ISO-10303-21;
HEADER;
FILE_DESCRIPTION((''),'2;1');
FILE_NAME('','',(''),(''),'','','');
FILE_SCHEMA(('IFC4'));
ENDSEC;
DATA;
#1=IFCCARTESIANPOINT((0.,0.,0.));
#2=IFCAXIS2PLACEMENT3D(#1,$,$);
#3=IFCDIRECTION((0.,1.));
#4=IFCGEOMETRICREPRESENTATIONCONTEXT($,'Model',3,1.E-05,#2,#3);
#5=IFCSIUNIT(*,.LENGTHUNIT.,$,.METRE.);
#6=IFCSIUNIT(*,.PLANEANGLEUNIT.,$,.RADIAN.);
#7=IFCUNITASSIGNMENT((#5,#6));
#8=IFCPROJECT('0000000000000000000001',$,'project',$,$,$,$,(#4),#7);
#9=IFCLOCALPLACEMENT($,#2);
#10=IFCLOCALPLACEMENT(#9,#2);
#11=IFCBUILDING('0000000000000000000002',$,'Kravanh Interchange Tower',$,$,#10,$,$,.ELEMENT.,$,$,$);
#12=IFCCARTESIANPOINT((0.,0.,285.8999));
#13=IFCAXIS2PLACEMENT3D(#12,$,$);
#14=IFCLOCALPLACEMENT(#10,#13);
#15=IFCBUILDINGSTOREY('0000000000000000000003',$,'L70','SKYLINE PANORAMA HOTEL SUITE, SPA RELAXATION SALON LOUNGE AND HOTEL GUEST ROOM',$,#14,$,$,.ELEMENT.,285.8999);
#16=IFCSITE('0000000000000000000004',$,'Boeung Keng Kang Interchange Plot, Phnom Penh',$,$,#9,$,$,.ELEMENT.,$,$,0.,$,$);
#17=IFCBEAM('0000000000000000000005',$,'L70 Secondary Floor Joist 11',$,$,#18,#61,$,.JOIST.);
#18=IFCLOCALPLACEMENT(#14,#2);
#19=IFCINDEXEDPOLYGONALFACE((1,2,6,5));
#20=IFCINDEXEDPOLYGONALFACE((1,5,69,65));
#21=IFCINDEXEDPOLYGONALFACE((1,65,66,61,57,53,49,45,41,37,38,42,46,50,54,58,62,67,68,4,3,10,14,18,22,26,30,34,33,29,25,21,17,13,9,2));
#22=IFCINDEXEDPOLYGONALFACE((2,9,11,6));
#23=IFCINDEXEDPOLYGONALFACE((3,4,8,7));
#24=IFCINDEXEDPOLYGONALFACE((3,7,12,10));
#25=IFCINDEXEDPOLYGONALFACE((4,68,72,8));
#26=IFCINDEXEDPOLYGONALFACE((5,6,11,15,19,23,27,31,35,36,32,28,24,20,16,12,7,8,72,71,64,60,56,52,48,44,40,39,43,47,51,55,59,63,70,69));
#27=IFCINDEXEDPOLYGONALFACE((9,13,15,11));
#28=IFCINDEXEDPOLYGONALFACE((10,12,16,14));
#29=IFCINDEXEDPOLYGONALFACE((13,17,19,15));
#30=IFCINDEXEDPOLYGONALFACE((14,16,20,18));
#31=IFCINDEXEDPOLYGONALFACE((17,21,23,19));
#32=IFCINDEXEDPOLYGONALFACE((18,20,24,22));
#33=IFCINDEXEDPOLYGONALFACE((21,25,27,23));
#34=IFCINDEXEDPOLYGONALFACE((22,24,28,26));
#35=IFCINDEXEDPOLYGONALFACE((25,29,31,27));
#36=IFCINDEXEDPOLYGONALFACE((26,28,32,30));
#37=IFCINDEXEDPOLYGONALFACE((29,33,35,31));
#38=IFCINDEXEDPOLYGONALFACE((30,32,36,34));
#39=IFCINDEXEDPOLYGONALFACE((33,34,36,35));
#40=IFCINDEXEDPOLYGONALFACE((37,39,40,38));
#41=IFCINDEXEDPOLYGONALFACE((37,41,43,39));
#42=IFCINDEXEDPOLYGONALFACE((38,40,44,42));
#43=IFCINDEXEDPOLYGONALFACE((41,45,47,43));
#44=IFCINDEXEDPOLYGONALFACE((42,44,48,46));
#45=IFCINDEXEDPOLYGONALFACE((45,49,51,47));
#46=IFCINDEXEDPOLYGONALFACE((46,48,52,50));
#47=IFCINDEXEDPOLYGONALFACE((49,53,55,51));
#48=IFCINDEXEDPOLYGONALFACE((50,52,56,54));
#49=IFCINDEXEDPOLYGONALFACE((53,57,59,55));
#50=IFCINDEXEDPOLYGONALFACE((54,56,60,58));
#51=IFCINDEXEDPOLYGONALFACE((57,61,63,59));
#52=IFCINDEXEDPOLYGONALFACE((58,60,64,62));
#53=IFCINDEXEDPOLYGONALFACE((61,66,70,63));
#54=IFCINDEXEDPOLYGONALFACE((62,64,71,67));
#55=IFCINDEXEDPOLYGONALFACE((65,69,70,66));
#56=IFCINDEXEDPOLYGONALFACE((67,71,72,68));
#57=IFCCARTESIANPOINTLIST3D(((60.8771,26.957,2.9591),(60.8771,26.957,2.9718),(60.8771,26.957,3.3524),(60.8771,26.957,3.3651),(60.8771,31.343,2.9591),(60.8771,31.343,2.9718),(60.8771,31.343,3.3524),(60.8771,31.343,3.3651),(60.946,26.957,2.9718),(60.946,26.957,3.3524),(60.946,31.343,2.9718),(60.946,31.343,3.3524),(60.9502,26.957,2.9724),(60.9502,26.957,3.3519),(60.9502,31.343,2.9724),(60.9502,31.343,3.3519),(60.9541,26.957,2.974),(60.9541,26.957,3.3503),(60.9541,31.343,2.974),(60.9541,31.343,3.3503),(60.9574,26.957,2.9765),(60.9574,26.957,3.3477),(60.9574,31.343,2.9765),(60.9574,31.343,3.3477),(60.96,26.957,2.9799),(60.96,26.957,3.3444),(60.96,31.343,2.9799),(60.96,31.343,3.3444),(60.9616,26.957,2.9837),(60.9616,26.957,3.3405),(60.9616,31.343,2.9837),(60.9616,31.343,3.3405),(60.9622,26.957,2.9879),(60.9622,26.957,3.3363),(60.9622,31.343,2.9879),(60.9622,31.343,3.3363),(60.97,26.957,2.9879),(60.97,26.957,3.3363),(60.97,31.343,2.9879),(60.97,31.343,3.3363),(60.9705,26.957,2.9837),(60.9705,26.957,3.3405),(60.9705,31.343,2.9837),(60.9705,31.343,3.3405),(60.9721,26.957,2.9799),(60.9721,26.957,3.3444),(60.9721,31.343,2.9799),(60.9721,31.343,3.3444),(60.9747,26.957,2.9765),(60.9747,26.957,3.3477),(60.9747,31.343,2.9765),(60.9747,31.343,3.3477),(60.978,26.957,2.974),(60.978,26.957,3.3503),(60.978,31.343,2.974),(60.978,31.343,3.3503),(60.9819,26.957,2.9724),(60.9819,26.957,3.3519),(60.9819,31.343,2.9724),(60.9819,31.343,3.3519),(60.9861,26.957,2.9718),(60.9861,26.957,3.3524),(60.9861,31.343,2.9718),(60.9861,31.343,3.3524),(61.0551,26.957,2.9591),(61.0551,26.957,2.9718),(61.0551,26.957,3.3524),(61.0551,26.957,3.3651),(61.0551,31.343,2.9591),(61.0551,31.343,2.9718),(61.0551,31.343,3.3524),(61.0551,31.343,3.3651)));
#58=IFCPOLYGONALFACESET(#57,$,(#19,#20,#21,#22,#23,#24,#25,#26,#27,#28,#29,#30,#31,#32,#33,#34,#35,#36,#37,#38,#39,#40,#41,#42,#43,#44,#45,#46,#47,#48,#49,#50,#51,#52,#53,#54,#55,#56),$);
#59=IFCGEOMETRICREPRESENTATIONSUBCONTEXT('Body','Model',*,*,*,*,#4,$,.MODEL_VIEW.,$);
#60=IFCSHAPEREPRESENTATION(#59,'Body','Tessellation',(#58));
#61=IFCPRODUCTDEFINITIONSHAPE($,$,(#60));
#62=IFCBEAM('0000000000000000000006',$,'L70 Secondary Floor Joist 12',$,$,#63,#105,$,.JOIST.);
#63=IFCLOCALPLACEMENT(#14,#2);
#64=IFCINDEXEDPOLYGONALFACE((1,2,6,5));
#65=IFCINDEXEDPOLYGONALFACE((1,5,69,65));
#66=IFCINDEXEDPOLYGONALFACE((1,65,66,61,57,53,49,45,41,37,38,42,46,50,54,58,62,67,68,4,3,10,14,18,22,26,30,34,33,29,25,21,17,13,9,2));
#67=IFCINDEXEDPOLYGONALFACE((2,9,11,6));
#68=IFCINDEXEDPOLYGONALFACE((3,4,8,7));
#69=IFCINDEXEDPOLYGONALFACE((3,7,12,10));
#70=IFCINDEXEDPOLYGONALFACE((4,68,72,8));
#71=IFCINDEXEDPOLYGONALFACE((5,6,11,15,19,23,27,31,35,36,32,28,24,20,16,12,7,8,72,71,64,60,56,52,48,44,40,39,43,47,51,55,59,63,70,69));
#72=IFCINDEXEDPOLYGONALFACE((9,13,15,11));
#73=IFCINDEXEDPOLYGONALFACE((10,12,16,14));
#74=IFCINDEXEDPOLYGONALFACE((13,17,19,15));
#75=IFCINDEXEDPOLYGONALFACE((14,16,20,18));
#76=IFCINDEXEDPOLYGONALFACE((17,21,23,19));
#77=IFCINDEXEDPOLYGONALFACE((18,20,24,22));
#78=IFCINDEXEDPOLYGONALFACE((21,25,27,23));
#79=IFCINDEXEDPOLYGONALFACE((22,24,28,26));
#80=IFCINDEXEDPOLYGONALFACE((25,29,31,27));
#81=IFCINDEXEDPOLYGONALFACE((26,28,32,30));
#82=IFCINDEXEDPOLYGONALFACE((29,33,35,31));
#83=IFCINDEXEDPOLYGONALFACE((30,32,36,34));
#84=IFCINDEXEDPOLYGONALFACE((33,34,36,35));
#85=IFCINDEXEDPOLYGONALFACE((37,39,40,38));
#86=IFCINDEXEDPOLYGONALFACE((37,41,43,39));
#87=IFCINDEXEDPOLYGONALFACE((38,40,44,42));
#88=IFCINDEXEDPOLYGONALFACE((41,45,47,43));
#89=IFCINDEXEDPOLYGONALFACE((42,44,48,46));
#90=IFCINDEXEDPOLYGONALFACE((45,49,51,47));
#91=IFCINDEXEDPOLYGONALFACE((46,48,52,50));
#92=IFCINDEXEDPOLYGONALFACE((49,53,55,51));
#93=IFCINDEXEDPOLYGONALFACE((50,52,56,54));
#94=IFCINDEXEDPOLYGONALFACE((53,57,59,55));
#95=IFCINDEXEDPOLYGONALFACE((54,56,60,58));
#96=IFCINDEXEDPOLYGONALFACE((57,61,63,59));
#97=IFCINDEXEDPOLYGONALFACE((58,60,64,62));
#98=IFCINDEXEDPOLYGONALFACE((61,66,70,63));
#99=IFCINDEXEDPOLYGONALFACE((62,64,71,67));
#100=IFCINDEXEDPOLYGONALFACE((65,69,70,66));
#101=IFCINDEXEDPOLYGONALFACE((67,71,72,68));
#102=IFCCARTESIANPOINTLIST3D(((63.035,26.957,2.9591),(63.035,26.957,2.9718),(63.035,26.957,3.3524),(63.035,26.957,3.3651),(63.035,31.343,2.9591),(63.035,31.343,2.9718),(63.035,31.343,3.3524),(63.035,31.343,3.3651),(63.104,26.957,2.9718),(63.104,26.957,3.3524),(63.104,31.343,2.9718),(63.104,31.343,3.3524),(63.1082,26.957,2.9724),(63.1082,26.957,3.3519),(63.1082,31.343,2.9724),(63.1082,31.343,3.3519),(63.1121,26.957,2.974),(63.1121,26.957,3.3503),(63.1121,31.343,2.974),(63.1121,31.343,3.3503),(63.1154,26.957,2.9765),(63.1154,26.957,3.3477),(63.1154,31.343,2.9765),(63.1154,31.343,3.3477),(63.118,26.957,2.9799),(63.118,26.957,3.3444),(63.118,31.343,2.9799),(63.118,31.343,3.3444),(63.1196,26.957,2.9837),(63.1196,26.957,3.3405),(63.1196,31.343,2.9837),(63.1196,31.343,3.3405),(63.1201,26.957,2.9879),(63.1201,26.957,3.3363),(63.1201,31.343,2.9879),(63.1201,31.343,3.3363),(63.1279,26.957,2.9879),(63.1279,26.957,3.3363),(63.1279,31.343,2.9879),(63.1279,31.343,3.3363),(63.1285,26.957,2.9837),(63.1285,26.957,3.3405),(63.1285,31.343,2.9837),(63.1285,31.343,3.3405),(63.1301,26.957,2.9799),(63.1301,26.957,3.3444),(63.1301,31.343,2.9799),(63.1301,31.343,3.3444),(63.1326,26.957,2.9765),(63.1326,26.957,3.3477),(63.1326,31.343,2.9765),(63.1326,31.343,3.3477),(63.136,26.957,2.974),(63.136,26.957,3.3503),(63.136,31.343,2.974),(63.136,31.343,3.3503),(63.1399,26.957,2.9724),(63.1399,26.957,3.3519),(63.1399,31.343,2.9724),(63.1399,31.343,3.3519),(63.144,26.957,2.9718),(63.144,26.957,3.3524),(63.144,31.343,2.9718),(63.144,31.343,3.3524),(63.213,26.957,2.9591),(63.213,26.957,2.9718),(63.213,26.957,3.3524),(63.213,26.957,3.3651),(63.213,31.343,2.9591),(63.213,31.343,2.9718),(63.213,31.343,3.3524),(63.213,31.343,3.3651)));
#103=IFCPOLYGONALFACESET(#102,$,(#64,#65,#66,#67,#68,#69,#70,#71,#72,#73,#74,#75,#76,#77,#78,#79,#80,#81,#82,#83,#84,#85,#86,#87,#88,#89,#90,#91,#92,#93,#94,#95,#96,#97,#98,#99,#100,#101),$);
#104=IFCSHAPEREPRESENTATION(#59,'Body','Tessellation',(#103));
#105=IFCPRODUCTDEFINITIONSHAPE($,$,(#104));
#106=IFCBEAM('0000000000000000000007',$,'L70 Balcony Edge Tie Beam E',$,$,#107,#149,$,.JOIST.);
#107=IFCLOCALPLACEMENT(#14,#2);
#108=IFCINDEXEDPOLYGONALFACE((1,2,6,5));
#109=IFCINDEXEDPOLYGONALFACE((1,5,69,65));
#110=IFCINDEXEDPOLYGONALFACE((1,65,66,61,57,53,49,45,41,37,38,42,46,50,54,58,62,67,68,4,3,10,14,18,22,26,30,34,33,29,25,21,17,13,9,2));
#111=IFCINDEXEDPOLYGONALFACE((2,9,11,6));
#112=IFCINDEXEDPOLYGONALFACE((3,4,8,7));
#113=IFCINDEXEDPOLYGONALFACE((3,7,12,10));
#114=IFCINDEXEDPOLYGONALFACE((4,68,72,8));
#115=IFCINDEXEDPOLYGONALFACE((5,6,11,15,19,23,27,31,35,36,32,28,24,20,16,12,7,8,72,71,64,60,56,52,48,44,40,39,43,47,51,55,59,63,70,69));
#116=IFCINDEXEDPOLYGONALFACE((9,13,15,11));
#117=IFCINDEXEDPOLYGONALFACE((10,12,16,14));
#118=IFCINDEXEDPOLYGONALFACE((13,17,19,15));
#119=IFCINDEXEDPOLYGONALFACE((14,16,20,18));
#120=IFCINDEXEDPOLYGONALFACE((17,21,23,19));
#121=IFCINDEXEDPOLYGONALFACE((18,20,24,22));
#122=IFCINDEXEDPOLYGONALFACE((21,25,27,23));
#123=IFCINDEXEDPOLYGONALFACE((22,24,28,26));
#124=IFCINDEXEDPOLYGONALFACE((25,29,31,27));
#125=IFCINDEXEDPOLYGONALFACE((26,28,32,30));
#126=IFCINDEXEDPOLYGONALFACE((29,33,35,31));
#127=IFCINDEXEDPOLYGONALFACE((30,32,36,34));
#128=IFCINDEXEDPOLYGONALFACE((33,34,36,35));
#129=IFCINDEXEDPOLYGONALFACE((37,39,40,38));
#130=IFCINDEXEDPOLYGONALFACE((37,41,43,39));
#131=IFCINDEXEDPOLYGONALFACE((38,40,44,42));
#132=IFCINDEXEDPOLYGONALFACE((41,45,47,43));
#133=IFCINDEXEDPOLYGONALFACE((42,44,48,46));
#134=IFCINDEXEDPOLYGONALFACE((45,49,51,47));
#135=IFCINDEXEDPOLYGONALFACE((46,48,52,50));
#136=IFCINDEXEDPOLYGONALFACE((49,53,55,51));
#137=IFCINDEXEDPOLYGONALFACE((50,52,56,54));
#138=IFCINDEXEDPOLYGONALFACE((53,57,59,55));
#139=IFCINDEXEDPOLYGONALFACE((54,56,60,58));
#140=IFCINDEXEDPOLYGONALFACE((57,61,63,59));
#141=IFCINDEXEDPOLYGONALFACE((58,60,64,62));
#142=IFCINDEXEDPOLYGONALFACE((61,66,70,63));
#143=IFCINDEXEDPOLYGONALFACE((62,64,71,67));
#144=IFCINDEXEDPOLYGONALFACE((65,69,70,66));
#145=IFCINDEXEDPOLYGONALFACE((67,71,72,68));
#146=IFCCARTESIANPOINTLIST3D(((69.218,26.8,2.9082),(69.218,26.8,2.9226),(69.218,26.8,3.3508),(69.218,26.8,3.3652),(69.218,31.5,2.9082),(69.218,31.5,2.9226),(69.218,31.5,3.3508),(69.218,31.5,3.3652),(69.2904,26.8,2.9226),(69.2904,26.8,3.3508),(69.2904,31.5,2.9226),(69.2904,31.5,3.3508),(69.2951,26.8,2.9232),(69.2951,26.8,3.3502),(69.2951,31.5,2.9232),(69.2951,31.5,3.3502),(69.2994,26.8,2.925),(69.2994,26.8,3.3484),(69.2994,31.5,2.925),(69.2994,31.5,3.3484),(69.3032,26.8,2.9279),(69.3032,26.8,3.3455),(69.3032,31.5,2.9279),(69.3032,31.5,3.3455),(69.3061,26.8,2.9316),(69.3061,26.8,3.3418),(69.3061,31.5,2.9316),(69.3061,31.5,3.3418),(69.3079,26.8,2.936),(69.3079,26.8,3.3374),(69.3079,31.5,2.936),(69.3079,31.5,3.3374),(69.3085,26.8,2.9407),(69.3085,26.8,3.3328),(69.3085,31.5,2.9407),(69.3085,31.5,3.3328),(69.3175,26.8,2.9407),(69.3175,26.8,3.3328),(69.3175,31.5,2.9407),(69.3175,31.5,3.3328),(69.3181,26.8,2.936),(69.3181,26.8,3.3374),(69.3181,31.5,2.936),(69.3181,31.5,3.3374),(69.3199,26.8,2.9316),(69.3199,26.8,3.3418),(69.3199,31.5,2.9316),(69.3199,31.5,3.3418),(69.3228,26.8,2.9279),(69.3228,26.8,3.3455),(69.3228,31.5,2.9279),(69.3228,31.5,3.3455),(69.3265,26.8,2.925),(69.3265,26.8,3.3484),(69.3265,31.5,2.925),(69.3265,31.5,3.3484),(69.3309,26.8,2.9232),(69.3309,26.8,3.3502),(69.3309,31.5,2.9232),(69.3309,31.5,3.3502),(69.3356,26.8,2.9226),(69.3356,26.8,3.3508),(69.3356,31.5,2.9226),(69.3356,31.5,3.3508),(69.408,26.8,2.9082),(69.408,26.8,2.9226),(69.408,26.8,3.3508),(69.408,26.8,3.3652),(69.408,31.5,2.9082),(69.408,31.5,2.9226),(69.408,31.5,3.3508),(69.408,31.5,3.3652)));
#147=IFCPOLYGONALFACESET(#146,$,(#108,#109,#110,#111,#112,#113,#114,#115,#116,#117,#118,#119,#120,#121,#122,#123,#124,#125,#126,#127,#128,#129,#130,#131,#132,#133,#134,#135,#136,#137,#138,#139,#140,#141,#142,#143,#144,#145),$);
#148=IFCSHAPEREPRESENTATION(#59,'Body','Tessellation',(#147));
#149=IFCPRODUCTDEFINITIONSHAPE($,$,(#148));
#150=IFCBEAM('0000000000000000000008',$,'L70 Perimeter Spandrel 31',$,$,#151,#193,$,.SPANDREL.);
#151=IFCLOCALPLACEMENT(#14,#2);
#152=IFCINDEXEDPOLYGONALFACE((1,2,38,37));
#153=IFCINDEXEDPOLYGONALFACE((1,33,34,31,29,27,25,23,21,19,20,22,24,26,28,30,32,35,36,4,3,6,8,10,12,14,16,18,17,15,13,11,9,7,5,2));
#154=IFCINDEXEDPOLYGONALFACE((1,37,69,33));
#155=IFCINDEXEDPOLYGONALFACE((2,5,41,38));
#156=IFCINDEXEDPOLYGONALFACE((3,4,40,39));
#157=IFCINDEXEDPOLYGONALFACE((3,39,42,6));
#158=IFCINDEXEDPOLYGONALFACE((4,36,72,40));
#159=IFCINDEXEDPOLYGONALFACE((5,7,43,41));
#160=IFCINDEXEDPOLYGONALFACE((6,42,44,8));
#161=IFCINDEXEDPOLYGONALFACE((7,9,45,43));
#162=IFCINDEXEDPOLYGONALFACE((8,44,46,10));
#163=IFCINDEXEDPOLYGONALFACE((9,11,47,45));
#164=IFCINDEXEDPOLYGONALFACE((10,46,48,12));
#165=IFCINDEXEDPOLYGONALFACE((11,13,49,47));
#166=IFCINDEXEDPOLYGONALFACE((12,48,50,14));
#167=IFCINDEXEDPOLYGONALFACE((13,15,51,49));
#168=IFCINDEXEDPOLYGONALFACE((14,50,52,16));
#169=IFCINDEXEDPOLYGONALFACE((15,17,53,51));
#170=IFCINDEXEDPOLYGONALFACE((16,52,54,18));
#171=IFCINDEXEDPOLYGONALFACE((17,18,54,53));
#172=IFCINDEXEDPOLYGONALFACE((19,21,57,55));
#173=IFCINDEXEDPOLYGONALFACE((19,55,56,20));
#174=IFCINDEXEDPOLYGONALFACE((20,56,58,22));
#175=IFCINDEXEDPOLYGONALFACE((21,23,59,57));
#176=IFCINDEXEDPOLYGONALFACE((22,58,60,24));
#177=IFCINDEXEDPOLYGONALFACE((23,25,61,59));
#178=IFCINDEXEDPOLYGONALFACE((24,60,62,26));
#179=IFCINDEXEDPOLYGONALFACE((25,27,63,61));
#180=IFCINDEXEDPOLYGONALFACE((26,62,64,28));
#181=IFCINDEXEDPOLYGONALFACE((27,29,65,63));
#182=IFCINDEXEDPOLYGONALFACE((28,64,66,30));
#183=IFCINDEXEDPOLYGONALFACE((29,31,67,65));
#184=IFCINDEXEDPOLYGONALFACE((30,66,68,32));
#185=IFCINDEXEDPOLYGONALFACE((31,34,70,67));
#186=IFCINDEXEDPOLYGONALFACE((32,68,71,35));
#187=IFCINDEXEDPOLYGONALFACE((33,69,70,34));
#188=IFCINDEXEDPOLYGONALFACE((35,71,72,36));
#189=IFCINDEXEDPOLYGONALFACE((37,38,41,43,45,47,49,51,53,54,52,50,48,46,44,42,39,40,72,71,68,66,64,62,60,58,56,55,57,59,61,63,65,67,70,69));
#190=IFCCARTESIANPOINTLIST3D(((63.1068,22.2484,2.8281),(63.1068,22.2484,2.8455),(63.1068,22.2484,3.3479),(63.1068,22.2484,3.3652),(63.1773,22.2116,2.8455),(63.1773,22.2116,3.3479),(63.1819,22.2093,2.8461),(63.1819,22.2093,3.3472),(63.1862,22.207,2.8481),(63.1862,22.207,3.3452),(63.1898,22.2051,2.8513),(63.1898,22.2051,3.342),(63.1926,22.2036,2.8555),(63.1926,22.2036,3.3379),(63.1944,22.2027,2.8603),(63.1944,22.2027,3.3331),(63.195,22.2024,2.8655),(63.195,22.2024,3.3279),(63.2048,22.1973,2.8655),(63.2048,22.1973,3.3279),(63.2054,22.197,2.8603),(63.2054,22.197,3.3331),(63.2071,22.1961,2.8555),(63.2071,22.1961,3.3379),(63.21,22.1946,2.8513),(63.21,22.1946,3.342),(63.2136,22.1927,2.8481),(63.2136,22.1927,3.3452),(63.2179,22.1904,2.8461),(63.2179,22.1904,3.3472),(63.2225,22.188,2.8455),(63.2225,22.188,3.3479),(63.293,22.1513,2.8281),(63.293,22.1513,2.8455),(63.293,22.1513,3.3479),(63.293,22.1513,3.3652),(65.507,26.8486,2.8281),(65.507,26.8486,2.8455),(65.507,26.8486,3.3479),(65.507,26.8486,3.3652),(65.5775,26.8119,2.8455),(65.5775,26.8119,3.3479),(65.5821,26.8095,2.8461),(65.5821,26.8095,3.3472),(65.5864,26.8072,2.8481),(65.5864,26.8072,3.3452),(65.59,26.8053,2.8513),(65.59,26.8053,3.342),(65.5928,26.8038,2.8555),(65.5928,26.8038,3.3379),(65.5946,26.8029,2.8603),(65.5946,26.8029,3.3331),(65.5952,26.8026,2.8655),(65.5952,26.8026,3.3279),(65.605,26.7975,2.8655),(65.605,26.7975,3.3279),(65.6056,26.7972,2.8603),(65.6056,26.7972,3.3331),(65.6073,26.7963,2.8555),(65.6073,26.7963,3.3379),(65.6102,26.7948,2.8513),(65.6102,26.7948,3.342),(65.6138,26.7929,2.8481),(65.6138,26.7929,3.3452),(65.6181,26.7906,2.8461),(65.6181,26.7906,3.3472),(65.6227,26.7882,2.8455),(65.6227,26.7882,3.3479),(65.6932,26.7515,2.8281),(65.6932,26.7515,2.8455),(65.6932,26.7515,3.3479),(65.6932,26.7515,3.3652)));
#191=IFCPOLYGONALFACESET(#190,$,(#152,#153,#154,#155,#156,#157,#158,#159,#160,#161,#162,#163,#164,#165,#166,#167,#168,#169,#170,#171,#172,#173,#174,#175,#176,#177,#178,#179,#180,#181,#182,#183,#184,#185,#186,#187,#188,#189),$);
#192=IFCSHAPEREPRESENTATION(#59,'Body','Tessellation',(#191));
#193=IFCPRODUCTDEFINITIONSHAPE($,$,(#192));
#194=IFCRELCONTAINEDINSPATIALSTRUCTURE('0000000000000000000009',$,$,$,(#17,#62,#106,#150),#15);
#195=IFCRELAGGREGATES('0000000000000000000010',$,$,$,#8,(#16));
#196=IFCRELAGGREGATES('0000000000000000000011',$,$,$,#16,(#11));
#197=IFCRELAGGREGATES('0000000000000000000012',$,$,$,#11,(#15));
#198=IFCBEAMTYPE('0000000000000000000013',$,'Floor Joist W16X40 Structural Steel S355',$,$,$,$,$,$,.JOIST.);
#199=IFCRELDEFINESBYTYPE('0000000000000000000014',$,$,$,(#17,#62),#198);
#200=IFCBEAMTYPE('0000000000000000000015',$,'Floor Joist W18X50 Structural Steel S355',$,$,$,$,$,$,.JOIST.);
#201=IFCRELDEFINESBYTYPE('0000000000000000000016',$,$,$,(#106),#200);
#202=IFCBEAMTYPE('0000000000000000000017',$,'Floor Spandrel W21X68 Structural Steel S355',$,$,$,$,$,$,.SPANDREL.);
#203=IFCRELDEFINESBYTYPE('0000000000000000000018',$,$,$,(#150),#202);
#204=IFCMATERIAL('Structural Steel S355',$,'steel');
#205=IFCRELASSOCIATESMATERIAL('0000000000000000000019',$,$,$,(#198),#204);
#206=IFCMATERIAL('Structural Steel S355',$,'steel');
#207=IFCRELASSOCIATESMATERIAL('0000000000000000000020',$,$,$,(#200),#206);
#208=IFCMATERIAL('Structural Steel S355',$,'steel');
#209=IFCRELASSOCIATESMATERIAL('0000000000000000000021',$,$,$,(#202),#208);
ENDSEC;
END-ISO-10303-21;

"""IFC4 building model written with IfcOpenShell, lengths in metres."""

from ifc_helpers import new_model, si_unit, direction, frame, origin, origin_2d, place, context, subcontext, project, spatial, i_section, extrude, material, material_profile, profile_set, type_object, element, save


model = new_model("IFC4")

# Units and contexts
model_context = context("Model", 3, precision=1e-05, world=origin(), true_north=direction((0.0, 1.0)))
body_context = subcontext(model_context, "Body", "Model", "MODEL_VIEW")
ifc_project = project(units=[si_unit("LENGTHUNIT", "METRE"), si_unit("PLANEANGLEUNIT", "RADIAN")], contexts=[model_context])

# Site, building, storey
site_placement = place(None, origin())
site = spatial("IfcSite", under=ifc_project, at=site_placement, Name="Boeung Keng Kang Interchange Plot, Phnom Penh", CompositionType="ELEMENT", RefElevation=0.0)
building_placement = place(site_placement, origin())
building = spatial("IfcBuilding", under=site, at=building_placement, Name="Kravanh Interchange Tower", CompositionType="ELEMENT")
storey_placement = place(building_placement, frame((0.0, 0.0, 285.8999)))
storey = spatial("IfcBuildingStorey", under=building, at=storey_placement, Name="L70", Description="SKYLINE PANORAMA HOTEL SUITE, SPA RELAXATION SALON LOUNGE AND HOTEL GUEST ROOM", CompositionType="ELEMENT", Elevation=285.8999)

# Beams
ifc_material_1 = material(Name="Structural Steel S355", Category="steel")
ifc_material_profile_1 = material_profile(ifc_material_1, i_section(OverallWidth=0.178, OverallDepth=0.406, WebThickness=0.0078, FlangeThickness=0.0127, FilletRadius=0.0161, at=origin_2d()), Name="W16X40")
ifc_profile_set_1 = profile_set([ifc_material_profile_1], Name="Structural Steel S355")
beam_type_1 = type_object("IfcBeamType", Name="Floor Joist W16X40 Structural Steel S355", PredefinedType="JOIST", material=ifc_profile_set_1)
for number, where, z_axis, x_axis, name in (
    (1, (60.9661, 26.957, 3.1621), (0.0, 1.0, 0.0), (-1.0, 0.0, 0.0), "L70 Secondary Floor Joist 11"),
    (2, (63.124, 26.957, 3.1621), (0.0, 1.0, 0.0), (-1.0, 0.0, 0.0), "L70 Secondary Floor Joist 12"),
):
    element("IfcBeam", number, at=place(storey_placement, frame(where, z_axis=z_axis, x_axis=x_axis)), inside=storey, type_object=beam_type_1, Name=name, PredefinedType="JOIST", context=body_context, shape_type="SweptSolid", body=[
        extrude(i_section(OverallWidth=0.178, OverallDepth=0.406, WebThickness=0.0078, FlangeThickness=0.0127, FilletRadius=0.0161, at=origin_2d()), origin(), (0.0, 0.0, 1.0), 4.386),
    ])
ifc_material_2 = material(Name="Structural Steel S355", Category="steel")
ifc_material_profile_2 = material_profile(ifc_material_2, i_section(OverallWidth=0.1899, OverallDepth=0.457, WebThickness=0.009, FlangeThickness=0.0144, FilletRadius=0.0181, at=origin_2d()), Name="W18X50")
ifc_profile_set_2 = profile_set([ifc_material_profile_2], Name="Structural Steel S355")
beam_type_2 = type_object("IfcBeamType", Name="Floor Joist W18X50 Structural Steel S355", PredefinedType="JOIST", material=ifc_profile_set_2)
beam_1_placement = place(storey_placement, frame((69.313, 26.8, 3.1367), z_axis=(0.0, 1.0, 0.0), x_axis=(-1.0, 0.0, 0.0)))
element("IfcBeam", 3, at=beam_1_placement, inside=storey, type_object=beam_type_2, Name="L70 Balcony Edge Tie Beam E", PredefinedType="JOIST", context=body_context, shape_type="SweptSolid", body=[
    extrude(i_section(OverallWidth=0.1899, OverallDepth=0.457, WebThickness=0.009, FlangeThickness=0.0144, FilletRadius=0.0181, at=origin_2d()), origin(), (0.0, 0.0, 1.0), 4.7),
])
ifc_material_3 = material(Name="Structural Steel S355", Category="steel")
ifc_material_profile_3 = material_profile(ifc_material_3, i_section(OverallWidth=0.21, OverallDepth=0.5371, WebThickness=0.011, FlangeThickness=0.0173, FilletRadius=0.02, at=origin_2d()), Name="W21X68")
ifc_profile_set_3 = profile_set([ifc_material_profile_3], Name="Structural Steel S355")
beam_type_3 = type_object("IfcBeamType", Name="Floor Spandrel W21X68 Structural Steel S355", PredefinedType="SPANDREL", material=ifc_profile_set_3)
beam_2_placement = place(storey_placement, frame((65.6001, 26.8, 3.0967), z_axis=(-0.46258, -0.886577, 0.0), x_axis=(0.886577, -0.46258, 0.0)))
element("IfcBeam", 4, at=beam_2_placement, inside=storey, type_object=beam_type_3, Name="L70 Perimeter Spandrel 31", PredefinedType="SPANDREL", context=body_context, shape_type="SweptSolid", body=[
    extrude(i_section(OverallWidth=0.21, OverallDepth=0.5371, WebThickness=0.011, FlangeThickness=0.0173, FilletRadius=0.02, at=origin_2d()), origin(), (0.0, 0.0, 1.0), 5.1887),
])

save(model, "model.ifc")
